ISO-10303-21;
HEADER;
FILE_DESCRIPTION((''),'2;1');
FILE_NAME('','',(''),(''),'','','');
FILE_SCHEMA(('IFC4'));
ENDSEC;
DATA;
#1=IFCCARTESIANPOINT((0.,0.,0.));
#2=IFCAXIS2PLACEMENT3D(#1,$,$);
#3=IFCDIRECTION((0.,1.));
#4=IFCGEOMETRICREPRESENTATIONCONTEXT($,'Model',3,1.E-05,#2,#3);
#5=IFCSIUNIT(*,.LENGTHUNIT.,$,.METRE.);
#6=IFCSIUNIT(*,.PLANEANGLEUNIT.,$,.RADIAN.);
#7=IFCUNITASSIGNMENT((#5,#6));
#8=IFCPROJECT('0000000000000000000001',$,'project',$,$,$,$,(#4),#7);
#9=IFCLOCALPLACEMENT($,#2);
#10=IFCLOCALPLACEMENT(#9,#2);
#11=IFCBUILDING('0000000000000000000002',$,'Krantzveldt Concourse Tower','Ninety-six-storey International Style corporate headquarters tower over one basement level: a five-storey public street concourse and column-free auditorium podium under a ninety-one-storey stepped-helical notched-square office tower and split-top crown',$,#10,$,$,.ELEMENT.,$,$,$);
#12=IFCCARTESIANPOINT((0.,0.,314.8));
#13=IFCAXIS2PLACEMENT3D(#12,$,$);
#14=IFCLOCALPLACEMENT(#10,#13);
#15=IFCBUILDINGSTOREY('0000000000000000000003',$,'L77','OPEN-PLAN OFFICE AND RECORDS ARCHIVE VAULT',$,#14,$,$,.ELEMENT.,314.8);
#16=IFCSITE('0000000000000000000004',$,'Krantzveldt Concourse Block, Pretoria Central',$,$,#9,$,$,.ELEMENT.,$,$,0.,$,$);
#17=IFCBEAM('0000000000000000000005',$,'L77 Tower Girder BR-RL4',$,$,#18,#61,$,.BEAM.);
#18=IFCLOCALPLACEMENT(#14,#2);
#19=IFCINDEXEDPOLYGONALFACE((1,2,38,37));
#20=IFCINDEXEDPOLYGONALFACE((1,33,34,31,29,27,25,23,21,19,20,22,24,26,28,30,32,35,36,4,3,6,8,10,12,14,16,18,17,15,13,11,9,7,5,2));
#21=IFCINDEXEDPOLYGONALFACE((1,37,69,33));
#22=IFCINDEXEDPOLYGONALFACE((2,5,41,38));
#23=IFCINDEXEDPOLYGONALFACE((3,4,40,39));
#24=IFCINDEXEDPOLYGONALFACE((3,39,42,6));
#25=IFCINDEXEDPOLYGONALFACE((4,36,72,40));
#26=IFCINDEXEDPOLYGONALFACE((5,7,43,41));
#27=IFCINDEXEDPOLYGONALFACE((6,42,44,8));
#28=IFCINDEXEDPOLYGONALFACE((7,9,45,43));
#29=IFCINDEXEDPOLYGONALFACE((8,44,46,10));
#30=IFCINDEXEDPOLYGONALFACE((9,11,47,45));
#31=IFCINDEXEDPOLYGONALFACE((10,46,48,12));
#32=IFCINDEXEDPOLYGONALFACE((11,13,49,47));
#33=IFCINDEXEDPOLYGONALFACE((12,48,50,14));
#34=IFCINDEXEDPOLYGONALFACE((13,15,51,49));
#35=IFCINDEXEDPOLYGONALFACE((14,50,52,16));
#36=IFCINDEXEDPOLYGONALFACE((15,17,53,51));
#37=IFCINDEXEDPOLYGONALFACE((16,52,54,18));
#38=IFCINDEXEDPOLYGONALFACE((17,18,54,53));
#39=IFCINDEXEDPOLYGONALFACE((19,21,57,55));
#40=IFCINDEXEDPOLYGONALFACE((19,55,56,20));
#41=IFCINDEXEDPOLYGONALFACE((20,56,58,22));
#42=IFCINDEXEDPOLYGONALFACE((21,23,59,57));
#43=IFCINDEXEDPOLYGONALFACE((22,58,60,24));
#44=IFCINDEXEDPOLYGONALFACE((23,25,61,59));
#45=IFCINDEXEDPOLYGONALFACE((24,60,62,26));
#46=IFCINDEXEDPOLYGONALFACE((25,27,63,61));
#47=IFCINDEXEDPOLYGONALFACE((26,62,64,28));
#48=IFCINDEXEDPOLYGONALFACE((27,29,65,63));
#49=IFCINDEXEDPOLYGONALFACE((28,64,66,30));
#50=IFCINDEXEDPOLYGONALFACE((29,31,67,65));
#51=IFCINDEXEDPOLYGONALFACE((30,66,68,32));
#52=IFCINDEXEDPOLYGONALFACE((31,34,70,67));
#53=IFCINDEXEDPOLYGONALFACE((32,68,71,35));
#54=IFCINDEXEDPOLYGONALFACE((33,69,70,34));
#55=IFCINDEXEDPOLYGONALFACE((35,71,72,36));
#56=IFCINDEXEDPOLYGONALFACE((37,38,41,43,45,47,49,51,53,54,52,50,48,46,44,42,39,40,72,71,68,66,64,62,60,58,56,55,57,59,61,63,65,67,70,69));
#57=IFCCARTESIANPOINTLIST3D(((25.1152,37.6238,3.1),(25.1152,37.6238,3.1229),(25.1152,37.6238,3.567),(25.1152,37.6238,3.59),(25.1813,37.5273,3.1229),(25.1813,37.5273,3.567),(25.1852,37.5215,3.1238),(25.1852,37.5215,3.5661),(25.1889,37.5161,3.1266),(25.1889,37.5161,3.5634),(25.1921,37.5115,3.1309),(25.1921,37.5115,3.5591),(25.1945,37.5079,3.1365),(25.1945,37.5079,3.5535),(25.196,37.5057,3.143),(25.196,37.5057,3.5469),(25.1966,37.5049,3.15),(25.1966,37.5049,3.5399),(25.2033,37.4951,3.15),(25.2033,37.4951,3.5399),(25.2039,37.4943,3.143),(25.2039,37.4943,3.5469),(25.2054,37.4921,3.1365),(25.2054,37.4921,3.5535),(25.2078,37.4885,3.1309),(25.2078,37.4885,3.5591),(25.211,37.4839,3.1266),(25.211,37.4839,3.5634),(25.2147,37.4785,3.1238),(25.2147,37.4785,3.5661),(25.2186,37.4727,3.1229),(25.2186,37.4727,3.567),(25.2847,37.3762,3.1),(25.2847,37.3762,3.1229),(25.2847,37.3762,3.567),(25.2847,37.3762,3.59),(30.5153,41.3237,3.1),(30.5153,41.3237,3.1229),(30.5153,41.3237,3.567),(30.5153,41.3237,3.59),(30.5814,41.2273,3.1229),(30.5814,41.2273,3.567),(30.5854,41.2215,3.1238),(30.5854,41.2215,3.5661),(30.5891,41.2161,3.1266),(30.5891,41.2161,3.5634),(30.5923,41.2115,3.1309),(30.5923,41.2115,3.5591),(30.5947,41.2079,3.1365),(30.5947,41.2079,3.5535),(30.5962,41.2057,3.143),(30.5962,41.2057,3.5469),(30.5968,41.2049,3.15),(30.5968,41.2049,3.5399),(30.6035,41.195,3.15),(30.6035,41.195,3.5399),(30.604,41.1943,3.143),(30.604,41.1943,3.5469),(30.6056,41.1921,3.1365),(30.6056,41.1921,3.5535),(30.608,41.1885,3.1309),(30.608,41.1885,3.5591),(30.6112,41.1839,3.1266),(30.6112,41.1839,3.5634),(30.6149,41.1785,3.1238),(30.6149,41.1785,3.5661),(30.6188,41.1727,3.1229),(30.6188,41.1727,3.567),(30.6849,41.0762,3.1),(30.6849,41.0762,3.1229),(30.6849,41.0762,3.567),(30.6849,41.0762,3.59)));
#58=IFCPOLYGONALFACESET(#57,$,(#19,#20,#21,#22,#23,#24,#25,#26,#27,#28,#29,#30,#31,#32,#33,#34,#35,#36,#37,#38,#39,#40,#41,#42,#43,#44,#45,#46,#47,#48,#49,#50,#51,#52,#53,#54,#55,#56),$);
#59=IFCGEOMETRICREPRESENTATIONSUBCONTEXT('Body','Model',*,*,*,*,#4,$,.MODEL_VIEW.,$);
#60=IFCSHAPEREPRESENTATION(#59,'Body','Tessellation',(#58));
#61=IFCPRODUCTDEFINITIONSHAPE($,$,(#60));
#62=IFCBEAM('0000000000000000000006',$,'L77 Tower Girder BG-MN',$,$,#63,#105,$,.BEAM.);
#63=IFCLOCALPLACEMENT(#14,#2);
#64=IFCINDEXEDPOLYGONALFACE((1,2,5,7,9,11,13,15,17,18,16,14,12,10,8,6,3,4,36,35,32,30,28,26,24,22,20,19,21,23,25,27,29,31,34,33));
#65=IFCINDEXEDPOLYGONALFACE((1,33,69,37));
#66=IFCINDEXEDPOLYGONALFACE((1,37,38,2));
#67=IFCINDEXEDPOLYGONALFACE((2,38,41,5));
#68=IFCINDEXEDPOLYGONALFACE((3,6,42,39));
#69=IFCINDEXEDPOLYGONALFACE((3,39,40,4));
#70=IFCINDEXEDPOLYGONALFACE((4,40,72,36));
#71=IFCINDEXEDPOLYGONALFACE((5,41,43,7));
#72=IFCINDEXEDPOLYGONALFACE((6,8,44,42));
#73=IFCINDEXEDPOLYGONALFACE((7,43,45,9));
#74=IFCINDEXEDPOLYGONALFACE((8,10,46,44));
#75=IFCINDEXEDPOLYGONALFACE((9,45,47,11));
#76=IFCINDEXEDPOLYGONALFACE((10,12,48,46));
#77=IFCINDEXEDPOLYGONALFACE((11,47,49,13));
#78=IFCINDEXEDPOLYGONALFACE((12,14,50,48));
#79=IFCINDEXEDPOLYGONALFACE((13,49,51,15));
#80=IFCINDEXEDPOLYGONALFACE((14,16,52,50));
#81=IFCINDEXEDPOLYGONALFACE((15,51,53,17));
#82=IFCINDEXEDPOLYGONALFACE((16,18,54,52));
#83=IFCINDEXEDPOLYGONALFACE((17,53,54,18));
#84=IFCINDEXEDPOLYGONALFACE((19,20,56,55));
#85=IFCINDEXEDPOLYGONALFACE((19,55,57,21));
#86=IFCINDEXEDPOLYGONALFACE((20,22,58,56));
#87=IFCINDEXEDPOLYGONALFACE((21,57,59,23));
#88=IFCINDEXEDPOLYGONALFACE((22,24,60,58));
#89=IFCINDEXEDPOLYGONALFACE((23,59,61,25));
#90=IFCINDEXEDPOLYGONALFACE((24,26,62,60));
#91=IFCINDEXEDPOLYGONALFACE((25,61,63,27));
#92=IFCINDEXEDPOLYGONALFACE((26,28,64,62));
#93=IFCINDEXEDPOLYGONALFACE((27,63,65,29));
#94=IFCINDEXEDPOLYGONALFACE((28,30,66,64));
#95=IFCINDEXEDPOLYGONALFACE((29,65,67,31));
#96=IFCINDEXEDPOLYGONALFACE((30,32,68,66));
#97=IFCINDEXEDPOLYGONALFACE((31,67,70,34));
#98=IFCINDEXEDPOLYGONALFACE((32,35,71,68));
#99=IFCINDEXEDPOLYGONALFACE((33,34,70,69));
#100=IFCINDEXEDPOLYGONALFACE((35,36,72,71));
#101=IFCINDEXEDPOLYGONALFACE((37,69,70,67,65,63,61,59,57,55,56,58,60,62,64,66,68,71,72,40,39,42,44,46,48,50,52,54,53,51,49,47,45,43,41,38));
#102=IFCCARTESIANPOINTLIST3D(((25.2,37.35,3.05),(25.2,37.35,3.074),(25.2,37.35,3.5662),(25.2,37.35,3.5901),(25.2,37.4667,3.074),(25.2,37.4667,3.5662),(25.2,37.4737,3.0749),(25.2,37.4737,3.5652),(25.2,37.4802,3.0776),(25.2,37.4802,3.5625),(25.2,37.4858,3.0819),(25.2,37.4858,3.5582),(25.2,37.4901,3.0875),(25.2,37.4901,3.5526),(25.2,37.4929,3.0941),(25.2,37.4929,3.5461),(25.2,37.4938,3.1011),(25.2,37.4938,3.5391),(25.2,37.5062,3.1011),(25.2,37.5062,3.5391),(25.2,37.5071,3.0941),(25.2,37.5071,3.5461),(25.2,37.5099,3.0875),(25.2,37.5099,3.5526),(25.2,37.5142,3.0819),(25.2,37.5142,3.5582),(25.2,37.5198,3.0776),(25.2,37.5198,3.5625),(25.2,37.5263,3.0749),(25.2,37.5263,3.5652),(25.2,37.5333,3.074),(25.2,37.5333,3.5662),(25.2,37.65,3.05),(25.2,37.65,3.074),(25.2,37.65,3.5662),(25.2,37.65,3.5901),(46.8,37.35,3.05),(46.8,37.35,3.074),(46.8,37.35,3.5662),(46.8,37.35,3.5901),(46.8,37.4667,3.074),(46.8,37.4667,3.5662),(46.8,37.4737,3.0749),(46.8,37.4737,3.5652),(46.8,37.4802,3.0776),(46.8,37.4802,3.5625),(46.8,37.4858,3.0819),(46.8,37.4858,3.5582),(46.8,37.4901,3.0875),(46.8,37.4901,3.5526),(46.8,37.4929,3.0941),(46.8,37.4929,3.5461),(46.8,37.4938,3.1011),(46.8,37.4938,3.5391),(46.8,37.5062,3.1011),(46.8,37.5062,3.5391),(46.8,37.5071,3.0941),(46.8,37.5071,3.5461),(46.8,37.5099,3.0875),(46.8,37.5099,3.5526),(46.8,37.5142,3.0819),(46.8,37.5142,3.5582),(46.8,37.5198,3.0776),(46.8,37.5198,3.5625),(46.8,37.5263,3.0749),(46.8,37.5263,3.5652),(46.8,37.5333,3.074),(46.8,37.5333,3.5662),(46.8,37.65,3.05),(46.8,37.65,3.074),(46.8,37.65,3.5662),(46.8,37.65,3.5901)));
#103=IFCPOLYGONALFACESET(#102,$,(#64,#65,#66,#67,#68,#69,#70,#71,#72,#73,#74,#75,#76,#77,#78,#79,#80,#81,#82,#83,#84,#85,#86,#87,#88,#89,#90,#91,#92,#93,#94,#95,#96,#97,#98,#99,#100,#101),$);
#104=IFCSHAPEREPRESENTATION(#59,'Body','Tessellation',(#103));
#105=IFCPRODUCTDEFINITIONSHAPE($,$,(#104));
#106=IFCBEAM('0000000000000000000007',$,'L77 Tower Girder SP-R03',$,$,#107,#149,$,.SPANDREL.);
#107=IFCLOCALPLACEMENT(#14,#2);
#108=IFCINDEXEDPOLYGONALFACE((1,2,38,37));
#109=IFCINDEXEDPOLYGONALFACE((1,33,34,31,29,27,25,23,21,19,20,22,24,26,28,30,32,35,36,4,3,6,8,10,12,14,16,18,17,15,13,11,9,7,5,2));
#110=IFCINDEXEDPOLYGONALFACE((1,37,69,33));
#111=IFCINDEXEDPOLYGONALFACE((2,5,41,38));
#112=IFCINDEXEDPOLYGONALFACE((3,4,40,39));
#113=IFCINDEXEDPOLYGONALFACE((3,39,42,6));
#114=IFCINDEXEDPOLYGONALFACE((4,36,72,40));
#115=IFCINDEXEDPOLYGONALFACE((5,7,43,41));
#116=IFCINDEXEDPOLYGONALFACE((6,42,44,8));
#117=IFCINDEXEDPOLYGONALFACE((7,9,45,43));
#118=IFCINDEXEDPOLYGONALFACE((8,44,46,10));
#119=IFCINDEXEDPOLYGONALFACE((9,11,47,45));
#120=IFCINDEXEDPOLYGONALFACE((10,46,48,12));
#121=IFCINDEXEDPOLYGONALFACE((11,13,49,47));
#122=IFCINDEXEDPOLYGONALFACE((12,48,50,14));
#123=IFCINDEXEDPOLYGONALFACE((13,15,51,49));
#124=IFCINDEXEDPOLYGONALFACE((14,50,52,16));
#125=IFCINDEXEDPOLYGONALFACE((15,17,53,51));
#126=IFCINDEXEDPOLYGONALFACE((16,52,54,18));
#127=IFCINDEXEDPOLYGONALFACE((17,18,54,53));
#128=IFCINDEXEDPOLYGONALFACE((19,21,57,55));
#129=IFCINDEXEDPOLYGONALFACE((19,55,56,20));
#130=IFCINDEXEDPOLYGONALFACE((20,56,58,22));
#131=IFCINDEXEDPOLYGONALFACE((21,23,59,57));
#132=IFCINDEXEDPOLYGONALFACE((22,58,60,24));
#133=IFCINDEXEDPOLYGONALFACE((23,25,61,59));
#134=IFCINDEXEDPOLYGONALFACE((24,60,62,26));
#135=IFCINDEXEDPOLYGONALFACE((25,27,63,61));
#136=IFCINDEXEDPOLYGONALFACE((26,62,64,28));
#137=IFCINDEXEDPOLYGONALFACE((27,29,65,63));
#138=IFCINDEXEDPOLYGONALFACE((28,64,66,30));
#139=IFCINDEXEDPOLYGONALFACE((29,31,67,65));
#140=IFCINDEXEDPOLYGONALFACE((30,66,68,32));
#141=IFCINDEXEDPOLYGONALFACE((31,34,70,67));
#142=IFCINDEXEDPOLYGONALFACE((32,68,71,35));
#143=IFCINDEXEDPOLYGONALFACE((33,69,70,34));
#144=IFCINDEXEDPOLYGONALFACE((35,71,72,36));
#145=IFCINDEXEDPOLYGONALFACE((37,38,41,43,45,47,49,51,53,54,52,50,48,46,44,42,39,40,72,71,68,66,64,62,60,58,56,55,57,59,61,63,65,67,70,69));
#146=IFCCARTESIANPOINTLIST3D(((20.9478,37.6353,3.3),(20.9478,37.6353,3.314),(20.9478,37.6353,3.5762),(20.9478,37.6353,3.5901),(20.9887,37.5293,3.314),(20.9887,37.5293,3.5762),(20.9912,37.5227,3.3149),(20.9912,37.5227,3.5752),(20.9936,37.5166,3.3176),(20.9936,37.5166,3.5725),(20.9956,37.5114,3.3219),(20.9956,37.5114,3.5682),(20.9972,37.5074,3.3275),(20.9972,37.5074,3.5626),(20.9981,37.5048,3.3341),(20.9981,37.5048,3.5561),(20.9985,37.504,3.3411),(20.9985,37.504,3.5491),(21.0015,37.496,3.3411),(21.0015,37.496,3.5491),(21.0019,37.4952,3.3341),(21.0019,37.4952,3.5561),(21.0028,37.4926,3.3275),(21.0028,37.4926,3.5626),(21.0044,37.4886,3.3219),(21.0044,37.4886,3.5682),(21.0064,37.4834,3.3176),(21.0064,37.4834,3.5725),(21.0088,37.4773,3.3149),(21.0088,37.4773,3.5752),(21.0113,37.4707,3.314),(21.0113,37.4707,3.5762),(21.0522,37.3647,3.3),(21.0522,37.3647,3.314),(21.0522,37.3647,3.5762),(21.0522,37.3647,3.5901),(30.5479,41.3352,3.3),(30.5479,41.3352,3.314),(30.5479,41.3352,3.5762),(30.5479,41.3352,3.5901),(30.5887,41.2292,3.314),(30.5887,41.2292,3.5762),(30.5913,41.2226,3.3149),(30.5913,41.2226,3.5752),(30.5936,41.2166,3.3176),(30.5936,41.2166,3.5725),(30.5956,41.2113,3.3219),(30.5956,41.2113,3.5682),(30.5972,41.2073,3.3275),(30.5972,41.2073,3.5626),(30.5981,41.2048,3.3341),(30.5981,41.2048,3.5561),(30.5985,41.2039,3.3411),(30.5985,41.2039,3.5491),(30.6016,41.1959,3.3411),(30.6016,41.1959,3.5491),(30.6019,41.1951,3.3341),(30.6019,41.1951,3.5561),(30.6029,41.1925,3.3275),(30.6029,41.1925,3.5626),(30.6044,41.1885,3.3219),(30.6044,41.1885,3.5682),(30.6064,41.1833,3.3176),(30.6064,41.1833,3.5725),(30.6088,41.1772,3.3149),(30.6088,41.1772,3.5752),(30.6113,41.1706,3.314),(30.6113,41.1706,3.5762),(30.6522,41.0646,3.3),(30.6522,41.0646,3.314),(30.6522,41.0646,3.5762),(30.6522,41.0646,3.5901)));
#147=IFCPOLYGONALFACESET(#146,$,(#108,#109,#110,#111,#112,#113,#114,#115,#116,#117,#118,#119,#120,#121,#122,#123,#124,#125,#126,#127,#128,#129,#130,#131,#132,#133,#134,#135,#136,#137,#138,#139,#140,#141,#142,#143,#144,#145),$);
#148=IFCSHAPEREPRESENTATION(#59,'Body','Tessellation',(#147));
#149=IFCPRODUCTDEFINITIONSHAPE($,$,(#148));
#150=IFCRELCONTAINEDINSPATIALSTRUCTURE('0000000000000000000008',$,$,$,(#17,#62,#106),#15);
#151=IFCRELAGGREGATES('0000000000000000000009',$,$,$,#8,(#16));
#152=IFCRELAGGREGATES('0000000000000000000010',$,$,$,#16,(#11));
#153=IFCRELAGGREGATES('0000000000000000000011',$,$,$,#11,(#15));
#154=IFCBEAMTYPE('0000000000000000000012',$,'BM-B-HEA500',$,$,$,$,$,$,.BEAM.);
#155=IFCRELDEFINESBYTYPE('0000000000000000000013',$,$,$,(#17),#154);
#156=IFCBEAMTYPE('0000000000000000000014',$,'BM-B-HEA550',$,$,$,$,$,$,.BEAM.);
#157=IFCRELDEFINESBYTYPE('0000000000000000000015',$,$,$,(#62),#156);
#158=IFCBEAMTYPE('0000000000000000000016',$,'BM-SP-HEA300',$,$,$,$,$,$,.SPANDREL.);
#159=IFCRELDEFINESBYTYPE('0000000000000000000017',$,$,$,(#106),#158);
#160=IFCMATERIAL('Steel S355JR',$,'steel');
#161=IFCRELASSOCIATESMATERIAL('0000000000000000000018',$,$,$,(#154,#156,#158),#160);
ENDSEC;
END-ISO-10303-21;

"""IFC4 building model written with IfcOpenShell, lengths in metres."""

from ifc_helpers import new_model, si_unit, direction, frame, origin, origin_2d, place, context, subcontext, project, spatial, i_section, extrude, source, transform, mapped, material, material_profile, profile_set, type_object, type_shapes, element, save


model = new_model("IFC4")

# Units and contexts
model_context = context("Model", 3, precision=1e-05, world=origin(), true_north=direction((0.0, 1.0)))
body_context = subcontext(model_context, "Body", "Model", "MODEL_VIEW")
ifc_project = project(units=[si_unit("LENGTHUNIT", "METRE"), si_unit("PLANEANGLEUNIT", "RADIAN")], contexts=[model_context])

# Site, building, storey
site_placement = place(None, origin())
site = spatial("IfcSite", under=ifc_project, at=site_placement, Name="Krantzveldt Concourse Block, Pretoria Central", CompositionType="ELEMENT", RefElevation=0.0)
building_placement = place(site_placement, origin())
building = spatial("IfcBuilding", under=site, at=building_placement, Name="Krantzveldt Concourse Tower", Description="Ninety-six-storey International Style corporate headquarters tower over one basement level: a five-storey public street concourse and column-free auditorium podium under a ninety-one-storey stepped-helical notched-square office tower and split-top crown", CompositionType="ELEMENT")
storey_placement = place(building_placement, frame((0.0, 0.0, 314.8)))
storey = spatial("IfcBuildingStorey", under=building, at=storey_placement, Name="L77", Description="OPEN-PLAN OFFICE AND RECORDS ARCHIVE VAULT", CompositionType="ELEMENT", Elevation=314.8)

# Beams
ifc_material_1 = material(Name="Steel S355JR", Category="steel")
ifc_material_profile_1 = material_profile(ifc_material_1, i_section(OverallWidth=0.3, OverallDepth=0.49, WebThickness=0.012, FlangeThickness=0.0229, FilletRadius=0.0271, at=origin_2d()), Name="Steel S355JR", Category="steel")
ifc_profile_set_1 = profile_set([ifc_material_profile_1], Name="Steel S355JR - HEA 500")
beam_type_1 = type_object("IfcBeamType", Name="BM-B-HEA500", PredefinedType="BEAM", material=ifc_profile_set_1)
shared_shape_1 = source(origin(), body_context, "Body", "SweptSolid", [
    extrude(i_section(OverallWidth=0.3, OverallDepth=0.49, WebThickness=0.012, FlangeThickness=0.0229, FilletRadius=0.0271, at=origin_2d()), origin(), (0.0, 0.0, 1.0), 6.5461),
])
beam_1_placement = place(storey_placement, frame((25.2, 37.5, 3.345), z_axis=(0.824943, 0.565216, 0.0), x_axis=(-0.565216, 0.824943, 0.0)))
element("IfcBeam", 1, at=beam_1_placement, inside=storey, type_object=beam_type_1, Name="L77 Tower Girder BR-RL4", PredefinedType="BEAM", context=body_context, shape_type="MappedRepresentation", body=[
    mapped(shared_shape_1, transform((0.0, 0.0, 0.0), x_axis=(1.0, 0.0, 0.0), y_axis=(0.0, 1.0, 0.0), z_axis=(0.0, 0.0, 1.0), scale=1.0)),
])
ifc_material_profile_2 = material_profile(ifc_material_1, i_section(OverallWidth=0.3, OverallDepth=0.54, WebThickness=0.0125, FlangeThickness=0.0239, FilletRadius=0.0271, at=origin_2d()), Name="Steel S355JR", Category="steel")
ifc_profile_set_2 = profile_set([ifc_material_profile_2], Name="Steel S355JR - HEA 550")
beam_type_2 = type_object("IfcBeamType", Name="BM-B-HEA550", PredefinedType="BEAM", material=ifc_profile_set_2)
shared_shape_2 = source(origin(), body_context, "Body", "SweptSolid", [
    extrude(i_section(OverallWidth=0.3, OverallDepth=0.54, WebThickness=0.0125, FlangeThickness=0.0239, FilletRadius=0.0271, at=origin_2d()), origin(), (0.0, 0.0, 1.0), 21.6001),
])
type_shapes(beam_type_2, [shared_shape_2])
beam_2_placement = place(storey_placement, frame((25.2, 37.5, 3.3201), z_axis=(1.0, 0.0, 0.0), x_axis=(0.0, 1.0, 0.0)))
element("IfcBeam", 2, at=beam_2_placement, inside=storey, type_object=beam_type_2, Name="L77 Tower Girder BG-MN", PredefinedType="BEAM", context=body_context, shape_type="MappedRepresentation", body=[
    mapped(shared_shape_2, transform((0.0, 0.0, 0.0), x_axis=(1.0, 0.0, 0.0), y_axis=(0.0, 1.0, 0.0), z_axis=(0.0, 0.0, 1.0), scale=1.0)),
])
ifc_material_profile_3 = material_profile(ifc_material_1, i_section(OverallWidth=0.29, OverallDepth=0.29, WebThickness=0.0085, FlangeThickness=0.0139, FilletRadius=0.0271, at=origin_2d()), Name="Steel S355JR", Category="steel")
ifc_profile_set_3 = profile_set([ifc_material_profile_3], Name="Steel S355JR - HEA 300")
beam_type_3 = type_object("IfcBeamType", Name="BM-SP-HEA300", PredefinedType="SPANDREL", material=ifc_profile_set_3)
shared_shape_3 = source(origin(), body_context, "Body", "SweptSolid", [
    extrude(i_section(OverallWidth=0.29, OverallDepth=0.29, WebThickness=0.0085, FlangeThickness=0.0139, FilletRadius=0.0271, at=origin_2d()), origin(), (0.0, 0.0, 1.0), 10.2883),
])
beam_3_placement = place(storey_placement, frame((21.0, 37.5, 3.4451), z_axis=(0.933098, 0.359623, 0.0), x_axis=(-0.359623, 0.933098, 0.0)))
element("IfcBeam", 3, at=beam_3_placement, inside=storey, type_object=beam_type_3, Name="L77 Tower Girder SP-R03", PredefinedType="SPANDREL", context=body_context, shape_type="MappedRepresentation", body=[
    mapped(shared_shape_3, transform((0.0, 0.0, 0.0), x_axis=(1.0, 0.0, 0.0), y_axis=(0.0, 1.0, 0.0), z_axis=(0.0, 0.0, 1.0), scale=1.0)),
])

save(model, "model.ifc")
